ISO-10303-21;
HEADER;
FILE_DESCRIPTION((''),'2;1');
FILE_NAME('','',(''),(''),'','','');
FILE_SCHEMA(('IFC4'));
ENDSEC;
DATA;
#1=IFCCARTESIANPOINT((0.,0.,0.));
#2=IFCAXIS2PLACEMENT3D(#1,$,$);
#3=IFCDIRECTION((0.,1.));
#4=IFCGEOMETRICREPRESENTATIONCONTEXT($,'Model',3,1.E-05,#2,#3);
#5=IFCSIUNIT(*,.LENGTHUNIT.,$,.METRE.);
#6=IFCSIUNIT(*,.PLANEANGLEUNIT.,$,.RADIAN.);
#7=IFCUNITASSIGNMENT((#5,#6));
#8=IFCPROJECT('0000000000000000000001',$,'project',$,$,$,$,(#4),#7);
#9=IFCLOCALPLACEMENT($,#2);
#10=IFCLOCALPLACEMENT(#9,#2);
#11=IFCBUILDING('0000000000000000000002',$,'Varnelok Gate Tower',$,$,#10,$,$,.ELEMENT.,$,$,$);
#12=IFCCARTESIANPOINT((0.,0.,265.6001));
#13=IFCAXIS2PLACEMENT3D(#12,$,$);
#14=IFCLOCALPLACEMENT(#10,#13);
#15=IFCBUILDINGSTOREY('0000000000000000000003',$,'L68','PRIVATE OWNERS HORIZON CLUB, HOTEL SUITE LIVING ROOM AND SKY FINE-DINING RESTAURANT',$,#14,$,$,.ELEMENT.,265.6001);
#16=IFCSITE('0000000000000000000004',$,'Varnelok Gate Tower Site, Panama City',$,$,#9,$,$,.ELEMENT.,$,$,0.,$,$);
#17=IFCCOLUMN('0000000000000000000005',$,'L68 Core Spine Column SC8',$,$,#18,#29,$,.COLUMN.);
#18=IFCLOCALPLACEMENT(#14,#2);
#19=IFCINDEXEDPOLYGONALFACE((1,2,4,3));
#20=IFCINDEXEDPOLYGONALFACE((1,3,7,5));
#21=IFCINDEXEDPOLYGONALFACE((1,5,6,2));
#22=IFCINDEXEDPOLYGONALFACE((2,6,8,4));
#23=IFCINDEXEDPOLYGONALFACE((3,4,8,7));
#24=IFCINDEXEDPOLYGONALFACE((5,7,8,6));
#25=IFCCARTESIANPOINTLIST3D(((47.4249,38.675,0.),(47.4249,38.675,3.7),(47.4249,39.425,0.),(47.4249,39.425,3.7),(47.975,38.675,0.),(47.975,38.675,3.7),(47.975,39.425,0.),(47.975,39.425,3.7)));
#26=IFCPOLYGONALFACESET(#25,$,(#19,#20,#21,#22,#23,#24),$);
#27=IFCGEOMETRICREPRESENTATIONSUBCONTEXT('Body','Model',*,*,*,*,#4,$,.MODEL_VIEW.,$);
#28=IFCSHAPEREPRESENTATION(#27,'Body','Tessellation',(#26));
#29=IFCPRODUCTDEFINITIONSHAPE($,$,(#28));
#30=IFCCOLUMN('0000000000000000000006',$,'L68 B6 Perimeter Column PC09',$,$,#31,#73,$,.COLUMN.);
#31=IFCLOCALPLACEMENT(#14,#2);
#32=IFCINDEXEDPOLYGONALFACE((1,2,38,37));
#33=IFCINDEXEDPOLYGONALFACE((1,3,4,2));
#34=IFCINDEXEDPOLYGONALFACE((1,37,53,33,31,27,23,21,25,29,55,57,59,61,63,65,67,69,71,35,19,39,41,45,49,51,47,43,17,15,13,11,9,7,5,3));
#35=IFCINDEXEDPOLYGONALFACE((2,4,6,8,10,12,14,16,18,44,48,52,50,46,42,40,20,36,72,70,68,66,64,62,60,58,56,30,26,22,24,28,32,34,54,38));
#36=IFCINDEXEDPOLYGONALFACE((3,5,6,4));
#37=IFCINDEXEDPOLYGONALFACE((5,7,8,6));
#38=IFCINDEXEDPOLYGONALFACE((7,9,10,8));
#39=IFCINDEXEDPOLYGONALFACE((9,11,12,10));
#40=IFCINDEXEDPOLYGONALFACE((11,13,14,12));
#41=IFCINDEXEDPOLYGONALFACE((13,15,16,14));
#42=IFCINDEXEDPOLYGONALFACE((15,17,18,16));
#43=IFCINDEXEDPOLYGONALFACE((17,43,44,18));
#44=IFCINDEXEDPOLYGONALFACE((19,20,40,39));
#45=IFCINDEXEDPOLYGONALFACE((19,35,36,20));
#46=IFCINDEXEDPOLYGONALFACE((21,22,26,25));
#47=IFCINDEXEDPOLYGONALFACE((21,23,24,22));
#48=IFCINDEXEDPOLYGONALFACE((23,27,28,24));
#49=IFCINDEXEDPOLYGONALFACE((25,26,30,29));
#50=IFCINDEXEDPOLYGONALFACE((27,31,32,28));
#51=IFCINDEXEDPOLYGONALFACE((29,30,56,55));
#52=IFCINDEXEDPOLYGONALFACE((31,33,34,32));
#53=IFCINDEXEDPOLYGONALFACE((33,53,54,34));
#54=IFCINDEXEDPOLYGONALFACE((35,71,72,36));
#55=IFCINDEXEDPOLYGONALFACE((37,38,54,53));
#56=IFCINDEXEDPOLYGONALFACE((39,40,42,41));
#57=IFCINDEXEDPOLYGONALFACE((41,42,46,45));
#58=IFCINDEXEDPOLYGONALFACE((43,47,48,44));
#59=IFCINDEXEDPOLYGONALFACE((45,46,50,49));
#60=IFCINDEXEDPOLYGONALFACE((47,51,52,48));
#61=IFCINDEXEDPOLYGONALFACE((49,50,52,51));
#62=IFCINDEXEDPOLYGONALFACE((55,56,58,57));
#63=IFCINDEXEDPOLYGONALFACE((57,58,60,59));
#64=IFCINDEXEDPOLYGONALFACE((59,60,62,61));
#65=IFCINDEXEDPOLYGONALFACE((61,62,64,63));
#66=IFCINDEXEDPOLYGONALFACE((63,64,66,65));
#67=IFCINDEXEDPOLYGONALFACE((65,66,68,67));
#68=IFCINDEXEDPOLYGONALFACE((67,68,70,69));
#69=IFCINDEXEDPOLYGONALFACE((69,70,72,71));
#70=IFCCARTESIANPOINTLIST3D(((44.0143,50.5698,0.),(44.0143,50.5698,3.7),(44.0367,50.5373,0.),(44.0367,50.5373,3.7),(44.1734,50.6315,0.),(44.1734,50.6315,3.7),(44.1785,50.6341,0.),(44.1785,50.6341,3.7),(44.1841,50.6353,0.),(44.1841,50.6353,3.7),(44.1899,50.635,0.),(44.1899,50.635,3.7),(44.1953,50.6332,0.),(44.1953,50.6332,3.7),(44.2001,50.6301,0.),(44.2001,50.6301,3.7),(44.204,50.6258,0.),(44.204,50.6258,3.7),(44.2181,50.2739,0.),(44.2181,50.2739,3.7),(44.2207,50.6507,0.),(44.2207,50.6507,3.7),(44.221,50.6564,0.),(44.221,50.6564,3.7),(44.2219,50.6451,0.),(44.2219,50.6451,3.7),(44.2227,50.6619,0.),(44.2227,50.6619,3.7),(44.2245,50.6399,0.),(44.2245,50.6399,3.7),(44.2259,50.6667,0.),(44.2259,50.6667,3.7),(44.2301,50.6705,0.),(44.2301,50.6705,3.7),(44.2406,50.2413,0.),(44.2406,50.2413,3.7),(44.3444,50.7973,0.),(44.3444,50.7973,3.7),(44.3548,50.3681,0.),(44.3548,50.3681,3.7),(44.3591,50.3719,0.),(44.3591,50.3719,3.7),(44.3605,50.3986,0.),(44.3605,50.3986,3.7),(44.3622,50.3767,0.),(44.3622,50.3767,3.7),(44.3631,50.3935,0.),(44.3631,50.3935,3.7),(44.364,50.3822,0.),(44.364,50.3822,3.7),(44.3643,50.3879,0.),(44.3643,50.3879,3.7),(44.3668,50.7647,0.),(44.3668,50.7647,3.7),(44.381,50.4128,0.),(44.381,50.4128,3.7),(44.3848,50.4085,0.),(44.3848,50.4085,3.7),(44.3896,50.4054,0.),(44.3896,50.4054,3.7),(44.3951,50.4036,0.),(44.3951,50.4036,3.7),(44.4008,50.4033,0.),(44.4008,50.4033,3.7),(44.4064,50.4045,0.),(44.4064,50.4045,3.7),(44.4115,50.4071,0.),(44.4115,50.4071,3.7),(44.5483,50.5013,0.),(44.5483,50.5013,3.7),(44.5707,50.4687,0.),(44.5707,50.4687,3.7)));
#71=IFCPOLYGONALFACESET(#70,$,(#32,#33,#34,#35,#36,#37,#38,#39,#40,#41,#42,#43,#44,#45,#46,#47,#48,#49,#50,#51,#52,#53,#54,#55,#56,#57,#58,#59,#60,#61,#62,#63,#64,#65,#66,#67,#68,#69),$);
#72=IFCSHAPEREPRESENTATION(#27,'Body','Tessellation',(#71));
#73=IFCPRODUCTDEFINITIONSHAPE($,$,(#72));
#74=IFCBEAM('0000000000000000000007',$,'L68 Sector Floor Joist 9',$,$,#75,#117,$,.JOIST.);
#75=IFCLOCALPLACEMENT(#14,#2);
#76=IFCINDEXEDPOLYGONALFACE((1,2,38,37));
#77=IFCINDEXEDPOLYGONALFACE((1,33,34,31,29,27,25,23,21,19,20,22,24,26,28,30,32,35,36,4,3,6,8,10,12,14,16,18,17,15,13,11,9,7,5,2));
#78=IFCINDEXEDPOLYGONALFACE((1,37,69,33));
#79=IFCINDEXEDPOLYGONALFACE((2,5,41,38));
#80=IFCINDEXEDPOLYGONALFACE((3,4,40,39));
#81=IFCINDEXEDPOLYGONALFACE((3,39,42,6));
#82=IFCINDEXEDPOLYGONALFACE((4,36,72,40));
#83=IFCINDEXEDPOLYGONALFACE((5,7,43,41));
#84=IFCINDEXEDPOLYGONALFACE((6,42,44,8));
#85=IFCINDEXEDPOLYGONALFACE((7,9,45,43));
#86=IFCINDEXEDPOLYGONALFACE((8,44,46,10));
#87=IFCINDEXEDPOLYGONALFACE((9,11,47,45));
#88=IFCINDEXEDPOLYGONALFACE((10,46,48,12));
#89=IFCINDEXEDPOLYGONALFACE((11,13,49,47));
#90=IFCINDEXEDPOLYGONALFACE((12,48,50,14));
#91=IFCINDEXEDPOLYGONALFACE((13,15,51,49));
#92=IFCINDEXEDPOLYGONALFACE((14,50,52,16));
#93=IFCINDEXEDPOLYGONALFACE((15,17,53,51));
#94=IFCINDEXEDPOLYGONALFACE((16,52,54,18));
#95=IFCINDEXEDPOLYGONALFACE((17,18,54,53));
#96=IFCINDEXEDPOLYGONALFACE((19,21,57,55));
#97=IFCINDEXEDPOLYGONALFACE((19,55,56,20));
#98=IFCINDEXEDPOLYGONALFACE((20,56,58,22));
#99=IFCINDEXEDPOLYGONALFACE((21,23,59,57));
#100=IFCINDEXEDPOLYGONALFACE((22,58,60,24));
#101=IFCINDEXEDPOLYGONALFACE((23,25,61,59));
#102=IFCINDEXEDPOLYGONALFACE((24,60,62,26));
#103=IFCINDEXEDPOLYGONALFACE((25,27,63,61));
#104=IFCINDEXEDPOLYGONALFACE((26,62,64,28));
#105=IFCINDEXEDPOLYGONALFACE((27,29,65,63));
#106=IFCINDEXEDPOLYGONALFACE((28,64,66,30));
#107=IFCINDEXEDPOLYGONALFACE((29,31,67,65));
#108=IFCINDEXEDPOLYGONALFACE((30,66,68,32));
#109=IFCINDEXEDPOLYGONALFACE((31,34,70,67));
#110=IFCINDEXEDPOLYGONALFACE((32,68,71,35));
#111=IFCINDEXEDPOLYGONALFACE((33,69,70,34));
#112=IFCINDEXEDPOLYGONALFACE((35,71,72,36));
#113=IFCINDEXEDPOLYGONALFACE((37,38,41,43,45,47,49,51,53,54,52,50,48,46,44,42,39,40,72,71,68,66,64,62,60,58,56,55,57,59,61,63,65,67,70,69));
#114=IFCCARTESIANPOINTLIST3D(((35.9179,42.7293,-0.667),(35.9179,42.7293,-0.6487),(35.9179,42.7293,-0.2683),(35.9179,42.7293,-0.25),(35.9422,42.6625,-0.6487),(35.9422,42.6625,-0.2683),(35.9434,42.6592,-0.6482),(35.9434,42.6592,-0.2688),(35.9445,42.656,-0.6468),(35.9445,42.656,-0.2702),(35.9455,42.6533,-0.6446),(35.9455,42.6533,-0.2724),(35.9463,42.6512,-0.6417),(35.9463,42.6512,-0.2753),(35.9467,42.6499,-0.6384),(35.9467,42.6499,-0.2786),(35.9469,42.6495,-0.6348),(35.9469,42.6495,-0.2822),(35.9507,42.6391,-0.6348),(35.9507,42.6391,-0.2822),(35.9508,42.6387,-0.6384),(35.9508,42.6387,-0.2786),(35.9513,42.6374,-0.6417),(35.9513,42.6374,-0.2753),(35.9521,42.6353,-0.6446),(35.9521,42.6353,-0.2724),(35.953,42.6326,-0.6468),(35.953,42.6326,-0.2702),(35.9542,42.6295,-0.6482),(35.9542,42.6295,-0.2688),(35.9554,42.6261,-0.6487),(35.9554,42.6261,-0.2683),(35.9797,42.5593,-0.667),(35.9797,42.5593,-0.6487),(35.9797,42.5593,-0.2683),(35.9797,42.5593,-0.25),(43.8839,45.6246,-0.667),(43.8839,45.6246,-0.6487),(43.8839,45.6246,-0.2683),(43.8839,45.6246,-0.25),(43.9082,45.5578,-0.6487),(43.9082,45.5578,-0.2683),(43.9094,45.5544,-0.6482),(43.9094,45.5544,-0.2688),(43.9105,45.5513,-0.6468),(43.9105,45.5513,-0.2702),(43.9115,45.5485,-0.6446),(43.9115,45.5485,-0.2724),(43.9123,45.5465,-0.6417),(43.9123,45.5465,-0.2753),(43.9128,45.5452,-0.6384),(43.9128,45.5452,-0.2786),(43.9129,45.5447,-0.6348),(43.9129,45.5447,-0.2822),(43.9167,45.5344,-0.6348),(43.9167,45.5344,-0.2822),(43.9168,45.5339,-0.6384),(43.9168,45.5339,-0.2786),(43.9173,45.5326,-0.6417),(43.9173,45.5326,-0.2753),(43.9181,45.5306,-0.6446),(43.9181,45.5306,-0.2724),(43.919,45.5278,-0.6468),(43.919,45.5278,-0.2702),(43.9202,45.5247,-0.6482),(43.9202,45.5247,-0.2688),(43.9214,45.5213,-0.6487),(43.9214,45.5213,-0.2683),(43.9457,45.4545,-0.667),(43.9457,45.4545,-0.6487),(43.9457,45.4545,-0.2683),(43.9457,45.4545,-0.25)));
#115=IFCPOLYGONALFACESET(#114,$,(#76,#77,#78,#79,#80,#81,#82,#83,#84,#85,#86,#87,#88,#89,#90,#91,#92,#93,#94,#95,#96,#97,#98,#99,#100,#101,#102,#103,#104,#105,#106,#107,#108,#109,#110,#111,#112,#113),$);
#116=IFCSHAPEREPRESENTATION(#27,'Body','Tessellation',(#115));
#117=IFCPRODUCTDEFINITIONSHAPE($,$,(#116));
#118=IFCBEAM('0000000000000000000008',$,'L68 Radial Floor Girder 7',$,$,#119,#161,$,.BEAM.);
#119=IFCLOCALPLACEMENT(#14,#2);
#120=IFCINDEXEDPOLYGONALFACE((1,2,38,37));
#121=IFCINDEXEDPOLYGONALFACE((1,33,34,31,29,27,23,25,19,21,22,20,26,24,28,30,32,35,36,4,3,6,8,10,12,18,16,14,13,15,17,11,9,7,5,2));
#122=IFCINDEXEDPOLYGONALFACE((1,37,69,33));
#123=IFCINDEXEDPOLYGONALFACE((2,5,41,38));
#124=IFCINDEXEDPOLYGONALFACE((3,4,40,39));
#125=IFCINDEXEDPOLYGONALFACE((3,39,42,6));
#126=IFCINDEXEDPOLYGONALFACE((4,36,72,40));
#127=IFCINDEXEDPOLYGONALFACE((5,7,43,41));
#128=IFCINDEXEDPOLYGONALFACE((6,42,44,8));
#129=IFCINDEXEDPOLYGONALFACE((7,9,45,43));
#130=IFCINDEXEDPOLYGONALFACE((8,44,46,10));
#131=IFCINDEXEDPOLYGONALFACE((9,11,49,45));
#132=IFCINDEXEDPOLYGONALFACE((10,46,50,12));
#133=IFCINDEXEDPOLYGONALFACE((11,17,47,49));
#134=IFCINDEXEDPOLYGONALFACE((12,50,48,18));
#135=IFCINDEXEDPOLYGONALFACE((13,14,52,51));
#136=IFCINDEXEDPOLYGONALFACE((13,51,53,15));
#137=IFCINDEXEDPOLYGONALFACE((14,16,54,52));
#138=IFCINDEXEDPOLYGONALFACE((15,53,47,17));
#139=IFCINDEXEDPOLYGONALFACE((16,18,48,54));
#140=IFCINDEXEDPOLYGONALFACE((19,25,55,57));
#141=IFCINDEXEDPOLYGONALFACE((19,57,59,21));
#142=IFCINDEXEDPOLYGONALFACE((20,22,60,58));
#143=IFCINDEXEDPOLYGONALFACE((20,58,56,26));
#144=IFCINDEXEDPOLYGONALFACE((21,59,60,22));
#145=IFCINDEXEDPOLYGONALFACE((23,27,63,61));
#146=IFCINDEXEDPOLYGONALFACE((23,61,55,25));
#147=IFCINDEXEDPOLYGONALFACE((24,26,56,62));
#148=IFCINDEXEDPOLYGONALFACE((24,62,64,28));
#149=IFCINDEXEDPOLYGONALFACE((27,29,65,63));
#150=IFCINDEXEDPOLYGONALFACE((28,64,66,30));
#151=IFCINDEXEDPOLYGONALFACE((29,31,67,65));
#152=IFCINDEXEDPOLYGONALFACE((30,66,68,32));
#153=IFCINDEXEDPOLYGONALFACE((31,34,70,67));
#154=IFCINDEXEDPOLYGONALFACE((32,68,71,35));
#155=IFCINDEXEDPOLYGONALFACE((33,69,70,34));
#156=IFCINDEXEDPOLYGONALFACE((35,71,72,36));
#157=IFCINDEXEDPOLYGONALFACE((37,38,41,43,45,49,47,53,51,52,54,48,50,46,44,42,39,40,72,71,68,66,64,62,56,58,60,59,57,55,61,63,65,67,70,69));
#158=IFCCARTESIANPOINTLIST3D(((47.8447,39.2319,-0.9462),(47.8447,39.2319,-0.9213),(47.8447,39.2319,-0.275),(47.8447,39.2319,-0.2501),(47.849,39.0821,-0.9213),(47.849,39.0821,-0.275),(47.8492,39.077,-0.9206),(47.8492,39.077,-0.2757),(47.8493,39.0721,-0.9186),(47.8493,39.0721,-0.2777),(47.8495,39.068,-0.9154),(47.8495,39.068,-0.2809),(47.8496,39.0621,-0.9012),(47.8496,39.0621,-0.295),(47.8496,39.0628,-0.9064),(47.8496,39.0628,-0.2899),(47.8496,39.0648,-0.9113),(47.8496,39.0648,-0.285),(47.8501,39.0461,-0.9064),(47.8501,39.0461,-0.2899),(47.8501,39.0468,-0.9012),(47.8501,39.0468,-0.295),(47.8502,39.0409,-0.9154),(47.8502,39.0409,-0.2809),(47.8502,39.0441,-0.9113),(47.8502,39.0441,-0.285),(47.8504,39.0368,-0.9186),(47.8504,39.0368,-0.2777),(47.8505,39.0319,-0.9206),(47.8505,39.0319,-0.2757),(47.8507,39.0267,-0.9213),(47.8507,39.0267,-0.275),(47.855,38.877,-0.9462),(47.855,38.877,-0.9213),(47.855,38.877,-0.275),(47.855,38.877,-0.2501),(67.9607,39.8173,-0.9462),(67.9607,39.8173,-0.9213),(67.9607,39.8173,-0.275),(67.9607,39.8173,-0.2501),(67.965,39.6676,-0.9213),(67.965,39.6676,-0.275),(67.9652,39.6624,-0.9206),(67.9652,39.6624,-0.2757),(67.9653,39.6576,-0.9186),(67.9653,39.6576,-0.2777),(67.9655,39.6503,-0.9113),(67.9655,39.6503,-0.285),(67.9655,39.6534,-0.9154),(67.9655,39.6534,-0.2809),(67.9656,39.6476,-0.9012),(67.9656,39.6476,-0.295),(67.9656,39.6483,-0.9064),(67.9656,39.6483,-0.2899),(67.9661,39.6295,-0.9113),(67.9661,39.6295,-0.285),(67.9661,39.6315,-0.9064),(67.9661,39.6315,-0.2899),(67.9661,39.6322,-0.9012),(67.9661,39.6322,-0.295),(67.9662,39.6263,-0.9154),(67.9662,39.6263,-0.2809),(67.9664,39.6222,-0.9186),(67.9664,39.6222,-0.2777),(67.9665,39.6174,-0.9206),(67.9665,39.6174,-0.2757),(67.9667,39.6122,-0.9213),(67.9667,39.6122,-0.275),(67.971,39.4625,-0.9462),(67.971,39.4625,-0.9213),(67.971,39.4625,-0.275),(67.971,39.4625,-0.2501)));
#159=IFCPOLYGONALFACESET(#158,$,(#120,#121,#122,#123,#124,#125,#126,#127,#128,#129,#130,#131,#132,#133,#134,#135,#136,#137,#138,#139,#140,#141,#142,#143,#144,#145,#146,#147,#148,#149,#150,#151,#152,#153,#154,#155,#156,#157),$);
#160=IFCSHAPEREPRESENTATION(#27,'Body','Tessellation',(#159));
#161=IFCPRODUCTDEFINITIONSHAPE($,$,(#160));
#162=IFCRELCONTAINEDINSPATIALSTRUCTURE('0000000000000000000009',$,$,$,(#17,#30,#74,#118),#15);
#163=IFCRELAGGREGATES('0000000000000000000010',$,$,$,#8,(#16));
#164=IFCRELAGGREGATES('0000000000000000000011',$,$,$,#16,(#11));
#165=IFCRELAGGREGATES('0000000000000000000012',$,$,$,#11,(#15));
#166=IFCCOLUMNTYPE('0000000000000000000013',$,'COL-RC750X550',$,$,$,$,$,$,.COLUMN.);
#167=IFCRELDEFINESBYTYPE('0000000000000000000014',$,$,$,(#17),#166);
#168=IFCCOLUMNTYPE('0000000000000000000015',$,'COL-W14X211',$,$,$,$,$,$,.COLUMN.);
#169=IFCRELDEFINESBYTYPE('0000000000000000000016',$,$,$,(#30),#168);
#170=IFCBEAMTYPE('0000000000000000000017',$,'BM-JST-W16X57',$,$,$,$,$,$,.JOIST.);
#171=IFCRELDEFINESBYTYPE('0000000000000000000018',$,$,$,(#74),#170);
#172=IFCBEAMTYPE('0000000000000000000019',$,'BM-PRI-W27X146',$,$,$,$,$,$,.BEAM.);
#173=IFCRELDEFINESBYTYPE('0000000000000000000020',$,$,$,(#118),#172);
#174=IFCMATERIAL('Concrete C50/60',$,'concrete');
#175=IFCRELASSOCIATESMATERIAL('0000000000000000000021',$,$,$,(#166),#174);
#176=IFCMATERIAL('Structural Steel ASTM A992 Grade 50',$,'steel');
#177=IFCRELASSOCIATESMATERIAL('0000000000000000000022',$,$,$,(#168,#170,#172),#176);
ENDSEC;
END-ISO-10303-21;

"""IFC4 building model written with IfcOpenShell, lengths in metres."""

from ifc_helpers import new_model, si_unit, direction, frame, origin, origin_2d, place, context, subcontext, project, spatial, rectangle, i_section, extrude, material, material_profile, profile_set, type_object, element, save


model = new_model("IFC4")

# Units and contexts
model_context = context("Model", 3, precision=1e-05, world=origin(), true_north=direction((0.0, 1.0)))
body_context = subcontext(model_context, "Body", "Model", "MODEL_VIEW")
ifc_project = project(units=[si_unit("LENGTHUNIT", "METRE"), si_unit("PLANEANGLEUNIT", "RADIAN")], contexts=[model_context])

# Site, building, storey
site_placement = place(None, origin())
site = spatial("IfcSite", under=ifc_project, at=site_placement, Name="Varnelok Gate Tower Site, Panama City", CompositionType="ELEMENT", RefElevation=0.0)
building_placement = place(site_placement, origin())
building = spatial("IfcBuilding", under=site, at=building_placement, Name="Varnelok Gate Tower", CompositionType="ELEMENT")
storey_placement = place(building_placement, frame((0.0, 0.0, 265.6001)))
storey = spatial("IfcBuildingStorey", under=building, at=storey_placement, Name="L68", Description="PRIVATE OWNERS HORIZON CLUB, HOTEL SUITE LIVING ROOM AND SKY FINE-DINING RESTAURANT", CompositionType="ELEMENT", Elevation=265.6001)

# Columns
ifc_material_1 = material(Name="Concrete C50/60", Category="concrete")
ifc_material_profile_1 = material_profile(ifc_material_1, rectangle(XDim=0.55, YDim=0.75, at=origin_2d()), Name="RC750X550")
ifc_profile_set_1 = profile_set([ifc_material_profile_1], Name="Concrete C50/60")
column_type_1 = type_object("IfcColumnType", Name="COL-RC750X550", PredefinedType="COLUMN", material=ifc_profile_set_1)
column_1_placement = place(storey_placement, frame((47.7, 39.05, 0.0), z_axis=(0.0, 0.0, 1.0), x_axis=(1.0, 0.0, 0.0)))
element("IfcColumn", 1, at=column_1_placement, inside=storey, type_object=column_type_1, Name="L68 Core Spine Column SC8", PredefinedType="COLUMN", context=body_context, shape_type="SweptSolid", body=[
    extrude(rectangle(XDim=0.55, YDim=0.75, at=origin_2d()), origin(), (0.0, 0.0, 1.0), 3.7),
])
ifc_material_2 = material(Name="Structural Steel ASTM A992 Grade 50", Category="steel")
ifc_material_profile_2 = material_profile(ifc_material_2, i_section(OverallWidth=0.4009, OverallDepth=0.3989, WebThickness=0.0249, FlangeThickness=0.0396, FilletRadius=0.022, at=origin_2d()), Name="W14X211")
ifc_profile_set_2 = profile_set([ifc_material_profile_2], Name="Structural Steel ASTM A992 Grade 50")
column_type_2 = type_object("IfcColumnType", Name="COL-W14X211", PredefinedType="COLUMN", material=ifc_profile_set_2)
column_2_placement = place(storey_placement, frame((44.2925, 50.5193, 0.0), z_axis=(0.0, 0.0, 1.0), x_axis=(0.823533, 0.567269, 0.0)))
element("IfcColumn", 2, at=column_2_placement, inside=storey, type_object=column_type_2, Name="L68 B6 Perimeter Column PC09", PredefinedType="COLUMN", context=body_context, shape_type="SweptSolid", body=[
    extrude(i_section(OverallWidth=0.4009, OverallDepth=0.3989, WebThickness=0.0249, FlangeThickness=0.0396, FilletRadius=0.022, at=origin_2d()), origin(), (0.0, 0.0, 1.0), 3.7),
])

# Beams
ifc_material_profile_3 = material_profile(ifc_material_2, i_section(OverallWidth=0.1809, OverallDepth=0.417, WebThickness=0.011, FlangeThickness=0.0183, FilletRadius=0.0139, at=origin_2d()), Name="W16X57")
ifc_profile_set_3 = profile_set([ifc_material_profile_3], Name="Structural Steel ASTM A992 Grade 50")
beam_type_1 = type_object("IfcBeamType", Name="BM-JST-W16X57", PredefinedType="JOIST", material=ifc_profile_set_3)
beam_1_placement = place(storey_placement, frame((43.9148, 45.5396, -0.4585), z_axis=(-0.93985, -0.341588, 0.0), x_axis=(0.341588, -0.93985, 0.0)))
element("IfcBeam", 3, at=beam_1_placement, inside=storey, type_object=beam_type_1, Name="L68 Sector Floor Joist 9", PredefinedType="JOIST", context=body_context, shape_type="SweptSolid", body=[
    extrude(i_section(OverallWidth=0.1809, OverallDepth=0.417, WebThickness=0.011, FlangeThickness=0.0183, FilletRadius=0.0139, at=origin_2d()), origin(), (0.0, 0.0, 1.0), 8.4758),
])
ifc_material_profile_4 = material_profile(ifc_material_2, i_section(OverallWidth=0.355, OverallDepth=0.696, WebThickness=0.0154, FlangeThickness=0.0249, FilletRadius=0.02, at=origin_2d()), Name="W27X146")
ifc_profile_set_4 = profile_set([ifc_material_profile_4], Name="Structural Steel ASTM A992 Grade 50")
beam_type_2 = type_object("IfcBeamType", Name="BM-PRI-W27X146", PredefinedType="BEAM", material=ifc_profile_set_4)
beam_2_placement = place(storey_placement, frame((47.8499, 39.0544, -0.5981), z_axis=(0.999577, 0.029091, 0.0), x_axis=(-0.029091, 0.999577, 0.0)))
element("IfcBeam", 4, at=beam_2_placement, inside=storey, type_object=beam_type_2, Name="L68 Radial Floor Girder 7", PredefinedType="BEAM", context=body_context, shape_type="SweptSolid", body=[
    extrude(i_section(OverallWidth=0.355, OverallDepth=0.696, WebThickness=0.0154, FlangeThickness=0.0249, FilletRadius=0.02, at=origin_2d()), origin(), (0.0, 0.0, 1.0), 20.1245),
])

save(model, "model.ifc")
